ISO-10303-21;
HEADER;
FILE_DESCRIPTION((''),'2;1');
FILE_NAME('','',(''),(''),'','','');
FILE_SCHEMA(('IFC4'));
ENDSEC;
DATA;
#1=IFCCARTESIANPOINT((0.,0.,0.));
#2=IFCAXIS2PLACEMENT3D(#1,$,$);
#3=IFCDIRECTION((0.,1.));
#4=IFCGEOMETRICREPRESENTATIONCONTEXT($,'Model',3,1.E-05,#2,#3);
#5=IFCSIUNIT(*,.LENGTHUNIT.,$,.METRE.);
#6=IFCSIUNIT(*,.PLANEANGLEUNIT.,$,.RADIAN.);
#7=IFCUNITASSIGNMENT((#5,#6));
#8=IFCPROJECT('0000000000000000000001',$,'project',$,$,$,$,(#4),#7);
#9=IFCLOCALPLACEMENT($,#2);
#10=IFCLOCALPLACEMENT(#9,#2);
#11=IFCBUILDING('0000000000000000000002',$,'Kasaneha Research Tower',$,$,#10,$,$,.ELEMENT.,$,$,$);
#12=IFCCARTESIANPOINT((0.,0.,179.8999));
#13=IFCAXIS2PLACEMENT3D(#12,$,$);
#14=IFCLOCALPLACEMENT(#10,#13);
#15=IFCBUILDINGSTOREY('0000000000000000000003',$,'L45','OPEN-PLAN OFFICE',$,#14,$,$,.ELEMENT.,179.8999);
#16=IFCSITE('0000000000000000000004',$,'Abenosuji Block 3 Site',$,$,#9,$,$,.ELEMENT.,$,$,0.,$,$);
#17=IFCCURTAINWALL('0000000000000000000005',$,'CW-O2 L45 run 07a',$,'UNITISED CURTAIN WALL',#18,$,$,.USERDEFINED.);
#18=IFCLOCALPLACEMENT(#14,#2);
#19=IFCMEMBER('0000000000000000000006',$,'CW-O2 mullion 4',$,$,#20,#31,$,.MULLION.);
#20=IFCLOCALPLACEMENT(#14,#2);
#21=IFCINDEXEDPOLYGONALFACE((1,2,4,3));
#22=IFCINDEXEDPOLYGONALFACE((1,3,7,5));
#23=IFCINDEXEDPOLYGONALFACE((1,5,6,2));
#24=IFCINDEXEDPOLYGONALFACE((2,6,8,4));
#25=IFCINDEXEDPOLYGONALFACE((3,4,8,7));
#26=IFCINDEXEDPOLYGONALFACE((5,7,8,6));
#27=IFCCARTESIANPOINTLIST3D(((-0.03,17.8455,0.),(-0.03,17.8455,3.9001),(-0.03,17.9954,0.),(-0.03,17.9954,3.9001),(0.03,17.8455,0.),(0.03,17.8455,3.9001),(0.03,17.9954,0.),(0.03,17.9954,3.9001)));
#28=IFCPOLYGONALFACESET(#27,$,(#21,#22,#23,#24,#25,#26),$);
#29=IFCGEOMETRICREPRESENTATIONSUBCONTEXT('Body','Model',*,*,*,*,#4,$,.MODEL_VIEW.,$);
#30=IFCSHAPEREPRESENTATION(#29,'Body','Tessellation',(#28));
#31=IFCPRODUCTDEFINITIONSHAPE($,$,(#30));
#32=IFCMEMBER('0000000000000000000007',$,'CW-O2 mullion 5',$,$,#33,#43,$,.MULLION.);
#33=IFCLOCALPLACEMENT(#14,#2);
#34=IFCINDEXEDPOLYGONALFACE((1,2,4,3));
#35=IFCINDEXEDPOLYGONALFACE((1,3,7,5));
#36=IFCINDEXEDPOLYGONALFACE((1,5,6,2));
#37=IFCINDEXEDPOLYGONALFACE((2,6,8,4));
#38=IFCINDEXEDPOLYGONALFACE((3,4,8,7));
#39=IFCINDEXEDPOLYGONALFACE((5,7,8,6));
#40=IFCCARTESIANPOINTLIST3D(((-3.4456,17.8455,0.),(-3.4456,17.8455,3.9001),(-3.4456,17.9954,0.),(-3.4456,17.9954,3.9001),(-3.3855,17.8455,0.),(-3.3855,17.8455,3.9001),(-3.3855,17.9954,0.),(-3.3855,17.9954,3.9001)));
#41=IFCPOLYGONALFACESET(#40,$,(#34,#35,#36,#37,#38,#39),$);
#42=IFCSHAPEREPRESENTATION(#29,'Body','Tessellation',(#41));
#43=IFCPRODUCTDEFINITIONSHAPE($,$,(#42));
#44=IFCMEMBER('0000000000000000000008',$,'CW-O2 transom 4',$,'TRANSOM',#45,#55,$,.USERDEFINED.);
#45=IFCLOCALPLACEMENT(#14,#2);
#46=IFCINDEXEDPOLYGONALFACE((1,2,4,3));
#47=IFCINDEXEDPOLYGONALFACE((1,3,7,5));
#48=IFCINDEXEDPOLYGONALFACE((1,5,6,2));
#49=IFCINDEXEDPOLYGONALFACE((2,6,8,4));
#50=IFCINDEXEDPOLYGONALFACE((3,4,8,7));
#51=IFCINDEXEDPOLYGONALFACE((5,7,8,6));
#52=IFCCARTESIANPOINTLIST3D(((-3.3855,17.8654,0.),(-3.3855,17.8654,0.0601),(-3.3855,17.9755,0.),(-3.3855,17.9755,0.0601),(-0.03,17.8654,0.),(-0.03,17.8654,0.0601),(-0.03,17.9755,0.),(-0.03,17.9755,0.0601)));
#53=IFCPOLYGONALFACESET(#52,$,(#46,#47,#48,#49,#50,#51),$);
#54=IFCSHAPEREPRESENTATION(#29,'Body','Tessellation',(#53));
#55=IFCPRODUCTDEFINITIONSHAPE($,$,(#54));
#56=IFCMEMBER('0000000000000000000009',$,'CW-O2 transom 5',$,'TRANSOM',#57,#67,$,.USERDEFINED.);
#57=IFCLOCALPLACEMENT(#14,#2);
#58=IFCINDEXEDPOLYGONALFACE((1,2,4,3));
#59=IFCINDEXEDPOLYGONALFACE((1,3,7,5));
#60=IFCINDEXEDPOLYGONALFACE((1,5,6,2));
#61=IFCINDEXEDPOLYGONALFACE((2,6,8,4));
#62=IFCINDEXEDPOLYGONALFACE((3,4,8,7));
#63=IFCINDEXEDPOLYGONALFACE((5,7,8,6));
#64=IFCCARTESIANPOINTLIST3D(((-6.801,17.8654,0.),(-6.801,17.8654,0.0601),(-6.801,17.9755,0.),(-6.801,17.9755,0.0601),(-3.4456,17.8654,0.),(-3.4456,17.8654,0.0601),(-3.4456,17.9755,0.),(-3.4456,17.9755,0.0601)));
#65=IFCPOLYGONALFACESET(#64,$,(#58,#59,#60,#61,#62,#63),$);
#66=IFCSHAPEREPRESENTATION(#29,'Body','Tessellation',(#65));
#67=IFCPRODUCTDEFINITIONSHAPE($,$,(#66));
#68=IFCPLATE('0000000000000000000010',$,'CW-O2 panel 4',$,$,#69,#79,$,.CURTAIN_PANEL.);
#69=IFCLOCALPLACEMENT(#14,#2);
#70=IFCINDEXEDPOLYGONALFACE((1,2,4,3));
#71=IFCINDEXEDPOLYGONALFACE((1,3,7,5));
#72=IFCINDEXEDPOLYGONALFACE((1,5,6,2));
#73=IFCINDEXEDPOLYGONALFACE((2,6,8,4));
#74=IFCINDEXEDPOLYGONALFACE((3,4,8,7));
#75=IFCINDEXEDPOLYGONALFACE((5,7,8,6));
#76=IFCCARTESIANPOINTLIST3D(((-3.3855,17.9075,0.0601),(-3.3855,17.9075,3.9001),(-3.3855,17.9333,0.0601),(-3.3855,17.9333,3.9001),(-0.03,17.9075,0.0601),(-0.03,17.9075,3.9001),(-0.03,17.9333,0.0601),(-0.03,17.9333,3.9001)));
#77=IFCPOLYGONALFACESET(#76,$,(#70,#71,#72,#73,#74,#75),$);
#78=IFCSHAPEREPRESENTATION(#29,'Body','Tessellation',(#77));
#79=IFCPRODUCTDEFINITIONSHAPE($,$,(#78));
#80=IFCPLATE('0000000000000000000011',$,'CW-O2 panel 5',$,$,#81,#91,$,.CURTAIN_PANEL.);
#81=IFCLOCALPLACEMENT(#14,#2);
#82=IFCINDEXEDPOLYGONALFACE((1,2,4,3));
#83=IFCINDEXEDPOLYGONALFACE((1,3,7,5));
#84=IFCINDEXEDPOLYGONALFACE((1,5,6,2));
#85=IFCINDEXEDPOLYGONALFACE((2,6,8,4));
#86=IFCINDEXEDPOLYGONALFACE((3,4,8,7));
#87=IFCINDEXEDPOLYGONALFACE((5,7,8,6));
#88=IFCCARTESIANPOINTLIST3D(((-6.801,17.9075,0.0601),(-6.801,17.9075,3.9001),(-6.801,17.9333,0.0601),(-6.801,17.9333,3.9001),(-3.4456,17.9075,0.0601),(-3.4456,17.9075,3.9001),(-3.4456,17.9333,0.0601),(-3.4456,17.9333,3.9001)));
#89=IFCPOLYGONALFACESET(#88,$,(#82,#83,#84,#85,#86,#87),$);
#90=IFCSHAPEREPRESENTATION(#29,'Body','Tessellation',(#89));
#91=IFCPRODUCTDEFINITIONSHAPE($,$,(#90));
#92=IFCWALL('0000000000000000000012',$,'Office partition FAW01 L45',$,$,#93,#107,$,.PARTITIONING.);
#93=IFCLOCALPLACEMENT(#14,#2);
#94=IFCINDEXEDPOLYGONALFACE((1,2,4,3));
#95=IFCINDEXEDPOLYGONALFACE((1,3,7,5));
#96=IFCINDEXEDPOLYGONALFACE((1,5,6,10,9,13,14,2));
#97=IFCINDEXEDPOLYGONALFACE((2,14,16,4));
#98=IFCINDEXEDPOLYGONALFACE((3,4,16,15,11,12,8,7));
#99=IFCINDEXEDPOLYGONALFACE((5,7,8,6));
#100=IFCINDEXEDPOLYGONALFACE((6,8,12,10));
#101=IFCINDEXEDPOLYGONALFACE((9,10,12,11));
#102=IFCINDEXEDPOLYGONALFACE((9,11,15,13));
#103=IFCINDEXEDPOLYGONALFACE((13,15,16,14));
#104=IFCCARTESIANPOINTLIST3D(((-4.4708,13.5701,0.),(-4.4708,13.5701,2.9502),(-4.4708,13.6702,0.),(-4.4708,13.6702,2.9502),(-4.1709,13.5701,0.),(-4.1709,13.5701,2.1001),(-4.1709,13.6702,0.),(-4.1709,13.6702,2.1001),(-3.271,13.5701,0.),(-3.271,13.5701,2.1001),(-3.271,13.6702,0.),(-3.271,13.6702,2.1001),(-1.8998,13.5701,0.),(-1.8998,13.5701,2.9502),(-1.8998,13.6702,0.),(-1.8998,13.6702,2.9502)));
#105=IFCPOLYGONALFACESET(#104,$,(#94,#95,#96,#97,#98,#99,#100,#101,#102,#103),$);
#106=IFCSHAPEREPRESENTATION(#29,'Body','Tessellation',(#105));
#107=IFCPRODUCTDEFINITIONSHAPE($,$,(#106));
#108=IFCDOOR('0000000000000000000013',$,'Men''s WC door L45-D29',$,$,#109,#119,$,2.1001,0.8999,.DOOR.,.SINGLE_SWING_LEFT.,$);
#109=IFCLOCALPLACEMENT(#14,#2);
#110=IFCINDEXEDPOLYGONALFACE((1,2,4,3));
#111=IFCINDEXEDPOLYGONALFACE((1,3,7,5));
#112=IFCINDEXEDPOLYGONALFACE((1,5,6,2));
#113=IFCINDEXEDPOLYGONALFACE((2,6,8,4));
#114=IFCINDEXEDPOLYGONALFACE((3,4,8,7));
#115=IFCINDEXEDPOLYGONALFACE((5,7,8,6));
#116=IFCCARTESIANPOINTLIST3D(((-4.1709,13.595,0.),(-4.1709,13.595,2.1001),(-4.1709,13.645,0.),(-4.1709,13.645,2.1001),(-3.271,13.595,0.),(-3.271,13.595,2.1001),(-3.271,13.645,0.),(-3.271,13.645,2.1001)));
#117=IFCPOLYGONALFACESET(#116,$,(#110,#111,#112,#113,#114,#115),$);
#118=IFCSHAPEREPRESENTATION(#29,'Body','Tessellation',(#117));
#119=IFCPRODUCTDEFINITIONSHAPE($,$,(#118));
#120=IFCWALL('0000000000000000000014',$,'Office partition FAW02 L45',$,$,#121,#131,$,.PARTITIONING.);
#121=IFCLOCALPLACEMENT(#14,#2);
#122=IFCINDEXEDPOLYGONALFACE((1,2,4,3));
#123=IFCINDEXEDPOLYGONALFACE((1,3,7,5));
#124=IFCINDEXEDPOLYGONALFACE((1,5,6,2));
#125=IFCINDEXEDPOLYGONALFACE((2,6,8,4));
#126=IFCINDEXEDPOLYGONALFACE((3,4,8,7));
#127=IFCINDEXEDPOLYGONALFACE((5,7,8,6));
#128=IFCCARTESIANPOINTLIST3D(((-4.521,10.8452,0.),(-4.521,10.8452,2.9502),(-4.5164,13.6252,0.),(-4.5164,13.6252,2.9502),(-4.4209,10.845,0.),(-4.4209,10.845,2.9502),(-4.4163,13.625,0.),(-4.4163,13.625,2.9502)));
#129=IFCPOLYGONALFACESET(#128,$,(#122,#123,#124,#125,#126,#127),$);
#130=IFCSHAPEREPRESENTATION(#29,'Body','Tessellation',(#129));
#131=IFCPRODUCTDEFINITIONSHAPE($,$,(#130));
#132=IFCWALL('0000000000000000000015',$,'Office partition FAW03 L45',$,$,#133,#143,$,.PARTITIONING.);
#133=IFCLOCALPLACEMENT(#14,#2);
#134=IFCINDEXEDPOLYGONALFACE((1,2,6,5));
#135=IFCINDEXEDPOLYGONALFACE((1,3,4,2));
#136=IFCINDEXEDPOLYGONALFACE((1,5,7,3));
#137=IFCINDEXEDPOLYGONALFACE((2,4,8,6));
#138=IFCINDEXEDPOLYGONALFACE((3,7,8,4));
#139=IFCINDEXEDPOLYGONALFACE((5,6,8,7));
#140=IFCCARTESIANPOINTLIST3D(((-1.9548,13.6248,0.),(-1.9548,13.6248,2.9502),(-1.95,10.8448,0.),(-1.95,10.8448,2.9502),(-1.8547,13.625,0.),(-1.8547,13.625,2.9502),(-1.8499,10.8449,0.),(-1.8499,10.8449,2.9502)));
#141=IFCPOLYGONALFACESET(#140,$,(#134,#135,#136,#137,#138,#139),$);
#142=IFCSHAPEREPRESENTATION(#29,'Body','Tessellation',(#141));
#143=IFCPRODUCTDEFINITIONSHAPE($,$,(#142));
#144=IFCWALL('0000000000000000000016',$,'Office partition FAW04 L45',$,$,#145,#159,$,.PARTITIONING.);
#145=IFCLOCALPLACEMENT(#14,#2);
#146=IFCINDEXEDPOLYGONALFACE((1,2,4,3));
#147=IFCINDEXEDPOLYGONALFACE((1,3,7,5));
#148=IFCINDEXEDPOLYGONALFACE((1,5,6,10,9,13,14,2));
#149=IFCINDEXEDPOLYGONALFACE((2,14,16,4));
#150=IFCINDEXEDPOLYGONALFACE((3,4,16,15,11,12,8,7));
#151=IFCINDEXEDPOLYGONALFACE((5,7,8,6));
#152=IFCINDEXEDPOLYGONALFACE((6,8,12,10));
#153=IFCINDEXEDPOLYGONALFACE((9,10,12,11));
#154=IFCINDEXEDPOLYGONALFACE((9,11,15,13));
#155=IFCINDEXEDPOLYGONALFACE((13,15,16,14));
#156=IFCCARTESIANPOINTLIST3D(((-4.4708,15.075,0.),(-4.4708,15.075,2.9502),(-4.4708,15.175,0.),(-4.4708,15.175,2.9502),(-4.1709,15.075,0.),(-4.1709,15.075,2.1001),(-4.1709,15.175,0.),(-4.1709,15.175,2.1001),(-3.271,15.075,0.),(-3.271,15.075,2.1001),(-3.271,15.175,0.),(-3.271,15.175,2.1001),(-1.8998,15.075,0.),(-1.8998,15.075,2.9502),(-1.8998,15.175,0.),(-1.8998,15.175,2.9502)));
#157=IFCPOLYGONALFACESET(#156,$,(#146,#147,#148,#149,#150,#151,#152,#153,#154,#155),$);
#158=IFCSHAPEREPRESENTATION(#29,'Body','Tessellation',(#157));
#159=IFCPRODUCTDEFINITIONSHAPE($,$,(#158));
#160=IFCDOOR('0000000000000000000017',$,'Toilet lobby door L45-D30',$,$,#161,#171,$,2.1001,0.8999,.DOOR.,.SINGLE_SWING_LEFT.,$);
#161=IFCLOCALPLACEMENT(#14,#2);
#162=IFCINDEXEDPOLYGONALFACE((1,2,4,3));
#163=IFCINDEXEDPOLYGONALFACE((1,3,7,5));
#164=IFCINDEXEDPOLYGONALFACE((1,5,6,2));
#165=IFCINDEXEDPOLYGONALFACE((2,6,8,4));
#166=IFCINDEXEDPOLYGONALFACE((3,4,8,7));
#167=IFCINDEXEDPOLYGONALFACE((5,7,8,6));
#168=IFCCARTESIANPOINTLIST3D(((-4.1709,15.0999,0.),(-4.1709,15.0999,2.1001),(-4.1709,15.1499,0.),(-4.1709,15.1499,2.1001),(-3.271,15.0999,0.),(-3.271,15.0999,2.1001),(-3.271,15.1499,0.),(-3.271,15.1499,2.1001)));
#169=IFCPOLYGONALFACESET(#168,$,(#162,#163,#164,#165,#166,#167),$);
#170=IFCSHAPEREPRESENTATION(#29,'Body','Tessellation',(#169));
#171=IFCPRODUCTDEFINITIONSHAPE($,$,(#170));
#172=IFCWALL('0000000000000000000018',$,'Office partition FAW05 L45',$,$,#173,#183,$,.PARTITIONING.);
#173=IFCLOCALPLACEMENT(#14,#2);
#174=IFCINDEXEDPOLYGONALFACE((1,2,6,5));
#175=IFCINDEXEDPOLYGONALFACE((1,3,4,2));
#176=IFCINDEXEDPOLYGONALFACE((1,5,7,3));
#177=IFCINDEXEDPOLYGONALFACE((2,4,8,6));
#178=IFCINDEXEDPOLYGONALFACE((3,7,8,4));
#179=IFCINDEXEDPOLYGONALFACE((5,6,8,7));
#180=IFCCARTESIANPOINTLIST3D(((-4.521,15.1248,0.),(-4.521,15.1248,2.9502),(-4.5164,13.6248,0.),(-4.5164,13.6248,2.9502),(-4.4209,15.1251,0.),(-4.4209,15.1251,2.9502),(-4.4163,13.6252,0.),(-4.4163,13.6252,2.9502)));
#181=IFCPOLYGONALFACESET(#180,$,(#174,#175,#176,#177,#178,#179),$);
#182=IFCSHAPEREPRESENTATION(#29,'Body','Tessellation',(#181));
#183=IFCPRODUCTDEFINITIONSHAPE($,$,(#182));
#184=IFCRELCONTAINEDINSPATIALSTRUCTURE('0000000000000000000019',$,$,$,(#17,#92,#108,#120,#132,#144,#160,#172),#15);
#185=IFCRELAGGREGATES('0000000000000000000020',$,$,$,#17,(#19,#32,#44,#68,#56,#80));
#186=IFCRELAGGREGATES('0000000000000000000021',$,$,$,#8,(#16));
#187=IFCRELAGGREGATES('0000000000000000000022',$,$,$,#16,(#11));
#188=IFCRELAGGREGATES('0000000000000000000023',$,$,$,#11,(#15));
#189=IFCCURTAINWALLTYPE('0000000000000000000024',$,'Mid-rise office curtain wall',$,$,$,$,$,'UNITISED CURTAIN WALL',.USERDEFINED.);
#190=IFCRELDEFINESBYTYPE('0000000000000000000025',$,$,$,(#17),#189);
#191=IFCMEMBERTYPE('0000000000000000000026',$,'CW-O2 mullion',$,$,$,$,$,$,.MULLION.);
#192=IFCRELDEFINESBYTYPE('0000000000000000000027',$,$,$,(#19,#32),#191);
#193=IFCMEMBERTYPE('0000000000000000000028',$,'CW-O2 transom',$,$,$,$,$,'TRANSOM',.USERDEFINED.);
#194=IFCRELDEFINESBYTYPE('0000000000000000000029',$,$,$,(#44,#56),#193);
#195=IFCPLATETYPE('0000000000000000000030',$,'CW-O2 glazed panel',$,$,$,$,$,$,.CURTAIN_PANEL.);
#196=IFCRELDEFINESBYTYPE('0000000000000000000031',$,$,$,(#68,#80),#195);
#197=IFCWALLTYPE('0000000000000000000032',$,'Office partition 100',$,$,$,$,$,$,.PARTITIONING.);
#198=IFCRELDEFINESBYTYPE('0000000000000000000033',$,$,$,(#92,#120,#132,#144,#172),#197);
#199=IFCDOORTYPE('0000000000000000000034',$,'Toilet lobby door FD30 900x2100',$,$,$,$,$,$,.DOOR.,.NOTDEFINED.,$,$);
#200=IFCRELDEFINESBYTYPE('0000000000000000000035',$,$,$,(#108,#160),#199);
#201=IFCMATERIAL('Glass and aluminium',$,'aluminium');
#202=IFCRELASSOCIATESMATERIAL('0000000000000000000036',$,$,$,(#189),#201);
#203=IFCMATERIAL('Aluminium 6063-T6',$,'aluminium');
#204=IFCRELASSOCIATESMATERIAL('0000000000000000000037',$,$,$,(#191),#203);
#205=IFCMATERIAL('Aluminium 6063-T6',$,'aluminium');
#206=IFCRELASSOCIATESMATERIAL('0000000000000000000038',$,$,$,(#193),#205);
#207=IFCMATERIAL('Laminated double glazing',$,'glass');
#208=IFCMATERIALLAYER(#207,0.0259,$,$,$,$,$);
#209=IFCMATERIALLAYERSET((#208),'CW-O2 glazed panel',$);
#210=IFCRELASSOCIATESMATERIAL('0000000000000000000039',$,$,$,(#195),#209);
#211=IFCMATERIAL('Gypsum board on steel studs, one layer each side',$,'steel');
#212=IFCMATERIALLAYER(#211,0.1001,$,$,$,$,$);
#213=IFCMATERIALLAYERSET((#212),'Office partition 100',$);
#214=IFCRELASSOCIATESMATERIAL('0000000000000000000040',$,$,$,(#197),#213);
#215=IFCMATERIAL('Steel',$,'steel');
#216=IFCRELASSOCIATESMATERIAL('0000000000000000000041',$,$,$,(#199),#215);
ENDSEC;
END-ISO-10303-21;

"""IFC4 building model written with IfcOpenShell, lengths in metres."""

from ifc_helpers import new_model, si_unit, direction, frame, frame_2d, origin, origin_2d, place, context, subcontext, project, spatial, rectangle, extrude, material, layer, layer_set, material_profile, profile_set, type_object, element, fill, aggregate, save


model = new_model("IFC4")

# Units and contexts
model_context = context("Model", 3, precision=1e-05, world=origin(), true_north=direction((0.0, 1.0)))
body_context = subcontext(model_context, "Body", "Model", "MODEL_VIEW")
ifc_project = project(units=[si_unit("LENGTHUNIT", "METRE"), si_unit("PLANEANGLEUNIT", "RADIAN")], contexts=[model_context])

# Site, building, storey
site_placement = place(None, origin())
site = spatial("IfcSite", under=ifc_project, at=site_placement, Name="Abenosuji Block 3 Site", CompositionType="ELEMENT", RefElevation=0.0)
building_placement = place(site_placement, origin())
building = spatial("IfcBuilding", under=site, at=building_placement, Name="Kasaneha Research Tower", CompositionType="ELEMENT")
storey_placement = place(building_placement, frame((0.0, 0.0, 179.8999)))
storey = spatial("IfcBuildingStorey", under=building, at=storey_placement, Name="L45", Description="OPEN-PLAN OFFICE", CompositionType="ELEMENT", Elevation=179.8999)

# Curtain wall, members, plates
ifc_material_1 = material(Name="Glass and aluminium", Category="aluminium")
curtain_wall_type = type_object("IfcCurtainWallType", Name="Mid-rise office curtain wall", ElementType="UNITISED CURTAIN WALL", PredefinedType="USERDEFINED", material=ifc_material_1)
curtain_wall_placement = place(storey_placement, origin())
curtain_wall = element("IfcCurtainWall", 1, at=curtain_wall_placement, inside=storey, type_object=curtain_wall_type, Name="CW-O2 L45 run 07a", ObjectType="UNITISED CURTAIN WALL", PredefinedType="USERDEFINED")
ifc_material_2 = material(Name="Aluminium 6063-T6", Category="aluminium")
ifc_material_profile_1 = material_profile(ifc_material_2, rectangle(XDim=0.0601, YDim=0.1499, at=origin_2d()), Name="CW-O2 mullion 60x150")
ifc_profile_set_1 = profile_set([ifc_material_profile_1], Name="Aluminium 6063-T6")
member_type_1 = type_object("IfcMemberType", Name="CW-O2 mullion", PredefinedType="MULLION", material=ifc_profile_set_1)
member_1_placement = place(storey_placement, frame((0.0, 17.9204, 0.0), z_axis=(0.0, 0.0, 1.0), x_axis=(-1.0, 0.0, 0.0)))
member_1 = element("IfcMember", 2, at=member_1_placement, type_object=member_type_1, Name="CW-O2 mullion 4", PredefinedType="MULLION", context=body_context, shape_type="SweptSolid", body=[
    extrude(rectangle(XDim=0.0601, YDim=0.1499, at=origin_2d()), origin(), (0.0, 0.0, 1.0), 3.9001),
])
member_2_placement = place(storey_placement, frame((-3.4155, 17.9204, 0.0), z_axis=(0.0, 0.0, 1.0), x_axis=(-1.0, 0.0, 0.0)))
member_2 = element("IfcMember", 3, at=member_2_placement, type_object=member_type_1, Name="CW-O2 mullion 5", PredefinedType="MULLION", context=body_context, shape_type="SweptSolid", body=[
    extrude(rectangle(XDim=0.0601, YDim=0.1499, at=origin_2d()), origin(), (0.0, 0.0, 1.0), 3.9001),
])
ifc_material_3 = material(Name="Aluminium 6063-T6", Category="aluminium")
ifc_material_profile_2 = material_profile(ifc_material_3, rectangle(XDim=0.1101, YDim=0.0601, at=origin_2d()), Name="CW-O2 transom 110x60")
ifc_profile_set_2 = profile_set([ifc_material_profile_2], Name="Aluminium 6063-T6")
member_type_2 = type_object("IfcMemberType", Name="CW-O2 transom", ElementType="TRANSOM", PredefinedType="USERDEFINED", material=ifc_profile_set_2)
member_3_placement = place(storey_placement, frame((-0.03, 17.9204, 0.03), z_axis=(-1.0, 0.0, 0.0), x_axis=(0.0, -1.0, 0.0)))
member_3 = element("IfcMember", 4, at=member_3_placement, type_object=member_type_2, Name="CW-O2 transom 4", ObjectType="TRANSOM", PredefinedType="USERDEFINED", context=body_context, shape_type="SweptSolid", body=[
    extrude(rectangle(XDim=0.1101, YDim=0.0601, at=origin_2d()), origin(), (0.0, 0.0, 1.0), 3.3555),
])
member_4_placement = place(storey_placement, frame((-3.4456, 17.9204, 0.03), z_axis=(-1.0, 0.0, 0.0), x_axis=(0.0, -1.0, 0.0)))
member_4 = element("IfcMember", 5, at=member_4_placement, type_object=member_type_2, Name="CW-O2 transom 5", ObjectType="TRANSOM", PredefinedType="USERDEFINED", context=body_context, shape_type="SweptSolid", body=[
    extrude(rectangle(XDim=0.1101, YDim=0.0601, at=origin_2d()), origin(), (0.0, 0.0, 1.0), 3.3555),
])
ifc_material_4 = material(Name="Laminated double glazing", Category="glass")
ifc_layer_1 = layer(ifc_material_4, 0.0259)
ifc_layer_set_1 = layer_set([ifc_layer_1], Name="CW-O2 glazed panel")
plate_type = type_object("IfcPlateType", Name="CW-O2 glazed panel", PredefinedType="CURTAIN_PANEL", material=ifc_layer_set_1)
plate_1_placement = place(storey_placement, frame((-1.7078, 17.9204, 0.0601), z_axis=(0.0, 0.0, 1.0), x_axis=(-1.0, 0.0, 0.0)))
plate_1 = element("IfcPlate", 6, at=plate_1_placement, type_object=plate_type, Name="CW-O2 panel 4", PredefinedType="CURTAIN_PANEL", context=body_context, shape_type="SweptSolid", body=[
    extrude(rectangle(XDim=3.3555, YDim=0.0259, at=origin_2d()), origin(), (0.0, 0.0, 1.0), 3.8401),
])
plate_2_placement = place(storey_placement, frame((-5.1233, 17.9204, 0.0601), z_axis=(0.0, 0.0, 1.0), x_axis=(-1.0, 0.0, 0.0)))
plate_2 = element("IfcPlate", 7, at=plate_2_placement, type_object=plate_type, Name="CW-O2 panel 5", PredefinedType="CURTAIN_PANEL", context=body_context, shape_type="SweptSolid", body=[
    extrude(rectangle(XDim=3.3555, YDim=0.0259, at=origin_2d()), origin(), (0.0, 0.0, 1.0), 3.8401),
])
aggregate(curtain_wall, [member_1, member_2, member_3, plate_1, member_4, plate_2])

# Wall, opening, door
ifc_material_5 = material(Name="Gypsum board on steel studs, one layer each side", Category="steel")
ifc_layer_2 = layer(ifc_material_5, 0.1001)
ifc_layer_set_2 = layer_set([ifc_layer_2], Name="Office partition 100")
wall_type_1 = type_object("IfcWallType", Name="Office partition 100", PredefinedType="PARTITIONING", material=ifc_layer_set_2)
wall_1_placement = place(storey_placement, frame((-4.4709, 13.6201, 0.0), z_axis=(0.0, 0.0, 1.0), x_axis=(1.0, 0.0, 0.0)))
wall_1 = element("IfcWall", 8, at=wall_1_placement, inside=storey, type_object=wall_type_1, Name="Office partition FAW01 L45", PredefinedType="PARTITIONING", context=body_context, shape_type="SweptSolid", body=[
    extrude(rectangle(XDim=2.571, YDim=0.1001, at=frame_2d((1.2856, 0.0))), origin(), (0.0, 0.0, 1.0), 2.9502),
])
opening_1_placement = place(wall_1_placement, frame((0.3, 0.0, 0.0)))
opening_1 = element("IfcOpeningElement", 9, at=opening_1_placement, cuts=wall_1, PredefinedType="OPENING", context=body_context, shape_type="SweptSolid", body=[
    extrude(rectangle(XDim=0.8999, YDim=2.1001, at=frame_2d((0.45, 1.05))), frame((0.0, 0.0601, 0.0), z_axis=(0.0, -1.0, 0.0), x_axis=(1.0, 0.0, 0.0)), (0.0, 0.0, 1.0), 0.1201),
])
ifc_material_6 = material(Name="Steel", Category="steel")
door_type_1 = type_object("IfcDoorType", Name="Toilet lobby door FD30 900x2100", OperationType="NOTDEFINED", PredefinedType="DOOR", material=ifc_material_6)
door_1_placement = place(opening_1_placement, origin())
door_1 = element("IfcDoor", 10, at=door_1_placement, inside=storey, type_object=door_type_1, Name="Men's WC door L45-D29", OperationType="SINGLE_SWING_LEFT", OverallHeight=2.1001, OverallWidth=0.8999, PredefinedType="DOOR", context=body_context, shape_type="SweptSolid", body=[
    extrude(rectangle(XDim=0.8999, YDim=2.1001, at=frame_2d((0.45, 1.05))), frame((0.0, 0.0249, 0.0), z_axis=(0.0, -1.0, 0.0), x_axis=(1.0, 0.0, 0.0)), (0.0, 0.0, 1.0), 0.05),
])
fill(opening_1, door_1)

# Walls
for number, where, z_axis, x_axis, name in (
    (11, (-4.4709, 10.845, 0.0), (0.0, 0.0, 1.0), (0.001669, 0.999999, 0.0), "Office partition FAW02 L45"),
    (12, (-1.9048, 13.625, 0.0), (0.0, 0.0, 1.0), (0.001756, -0.999998, 0.0), "Office partition FAW03 L45"),
):
    element("IfcWall", number, at=place(storey_placement, frame(where, z_axis=z_axis, x_axis=x_axis)), inside=storey, type_object=wall_type_1, Name=name, PredefinedType="PARTITIONING", context=body_context, shape_type="SweptSolid", body=[
        extrude(rectangle(XDim=2.78, YDim=0.1001, at=frame_2d((1.3901, 0.0))), origin(), (0.0, 0.0, 1.0), 2.9502),
    ])

# Wall, opening, door
wall_2_placement = place(storey_placement, frame((-4.4709, 15.125, 0.0), z_axis=(0.0, 0.0, 1.0), x_axis=(1.0, 0.0, 0.0)))
wall_2 = element("IfcWall", 13, at=wall_2_placement, inside=storey, type_object=wall_type_1, Name="Office partition FAW04 L45", PredefinedType="PARTITIONING", context=body_context, shape_type="SweptSolid", body=[
    extrude(rectangle(XDim=2.571, YDim=0.1001, at=frame_2d((1.2856, 0.0))), origin(), (0.0, 0.0, 1.0), 2.9502),
])
opening_2_placement = place(wall_2_placement, frame((0.3, 0.0, 0.0)))
opening_2 = element("IfcOpeningElement", 14, at=opening_2_placement, cuts=wall_2, PredefinedType="OPENING", context=body_context, shape_type="SweptSolid", body=[
    extrude(rectangle(XDim=0.8999, YDim=2.1001, at=frame_2d((0.45, 1.05))), frame((0.0, 0.0601, 0.0), z_axis=(0.0, -1.0, 0.0), x_axis=(1.0, 0.0, 0.0)), (0.0, 0.0, 1.0), 0.1201),
])
door_2_placement = place(opening_2_placement, origin())
door_2 = element("IfcDoor", 15, at=door_2_placement, inside=storey, type_object=door_type_1, Name="Toilet lobby door L45-D30", OperationType="SINGLE_SWING_LEFT", OverallHeight=2.1001, OverallWidth=0.8999, PredefinedType="DOOR", context=body_context, shape_type="SweptSolid", body=[
    extrude(rectangle(XDim=0.8999, YDim=2.1001, at=frame_2d((0.45, 1.05))), frame((0.0, 0.0249, 0.0), z_axis=(0.0, -1.0, 0.0), x_axis=(1.0, 0.0, 0.0)), (0.0, 0.0, 1.0), 0.05),
])
fill(opening_2, door_2)

# Wall
for number, where, z_axis, x_axis, name in (
    (16, (-4.4663, 13.625, 0.0), (0.0, 0.0, 1.0), (-0.003092, 0.999995, 0.0), "Office partition FAW05 L45"),
):
    element("IfcWall", number, at=place(storey_placement, frame(where, z_axis=z_axis, x_axis=x_axis)), inside=storey, type_object=wall_type_1, Name=name, PredefinedType="PARTITIONING", context=body_context, shape_type="SweptSolid", body=[
        extrude(rectangle(XDim=1.5, YDim=0.1001, at=frame_2d((0.75, 0.0))), origin(), (0.0, 0.0, 1.0), 2.9502),
    ])

save(model, "model.ifc")
